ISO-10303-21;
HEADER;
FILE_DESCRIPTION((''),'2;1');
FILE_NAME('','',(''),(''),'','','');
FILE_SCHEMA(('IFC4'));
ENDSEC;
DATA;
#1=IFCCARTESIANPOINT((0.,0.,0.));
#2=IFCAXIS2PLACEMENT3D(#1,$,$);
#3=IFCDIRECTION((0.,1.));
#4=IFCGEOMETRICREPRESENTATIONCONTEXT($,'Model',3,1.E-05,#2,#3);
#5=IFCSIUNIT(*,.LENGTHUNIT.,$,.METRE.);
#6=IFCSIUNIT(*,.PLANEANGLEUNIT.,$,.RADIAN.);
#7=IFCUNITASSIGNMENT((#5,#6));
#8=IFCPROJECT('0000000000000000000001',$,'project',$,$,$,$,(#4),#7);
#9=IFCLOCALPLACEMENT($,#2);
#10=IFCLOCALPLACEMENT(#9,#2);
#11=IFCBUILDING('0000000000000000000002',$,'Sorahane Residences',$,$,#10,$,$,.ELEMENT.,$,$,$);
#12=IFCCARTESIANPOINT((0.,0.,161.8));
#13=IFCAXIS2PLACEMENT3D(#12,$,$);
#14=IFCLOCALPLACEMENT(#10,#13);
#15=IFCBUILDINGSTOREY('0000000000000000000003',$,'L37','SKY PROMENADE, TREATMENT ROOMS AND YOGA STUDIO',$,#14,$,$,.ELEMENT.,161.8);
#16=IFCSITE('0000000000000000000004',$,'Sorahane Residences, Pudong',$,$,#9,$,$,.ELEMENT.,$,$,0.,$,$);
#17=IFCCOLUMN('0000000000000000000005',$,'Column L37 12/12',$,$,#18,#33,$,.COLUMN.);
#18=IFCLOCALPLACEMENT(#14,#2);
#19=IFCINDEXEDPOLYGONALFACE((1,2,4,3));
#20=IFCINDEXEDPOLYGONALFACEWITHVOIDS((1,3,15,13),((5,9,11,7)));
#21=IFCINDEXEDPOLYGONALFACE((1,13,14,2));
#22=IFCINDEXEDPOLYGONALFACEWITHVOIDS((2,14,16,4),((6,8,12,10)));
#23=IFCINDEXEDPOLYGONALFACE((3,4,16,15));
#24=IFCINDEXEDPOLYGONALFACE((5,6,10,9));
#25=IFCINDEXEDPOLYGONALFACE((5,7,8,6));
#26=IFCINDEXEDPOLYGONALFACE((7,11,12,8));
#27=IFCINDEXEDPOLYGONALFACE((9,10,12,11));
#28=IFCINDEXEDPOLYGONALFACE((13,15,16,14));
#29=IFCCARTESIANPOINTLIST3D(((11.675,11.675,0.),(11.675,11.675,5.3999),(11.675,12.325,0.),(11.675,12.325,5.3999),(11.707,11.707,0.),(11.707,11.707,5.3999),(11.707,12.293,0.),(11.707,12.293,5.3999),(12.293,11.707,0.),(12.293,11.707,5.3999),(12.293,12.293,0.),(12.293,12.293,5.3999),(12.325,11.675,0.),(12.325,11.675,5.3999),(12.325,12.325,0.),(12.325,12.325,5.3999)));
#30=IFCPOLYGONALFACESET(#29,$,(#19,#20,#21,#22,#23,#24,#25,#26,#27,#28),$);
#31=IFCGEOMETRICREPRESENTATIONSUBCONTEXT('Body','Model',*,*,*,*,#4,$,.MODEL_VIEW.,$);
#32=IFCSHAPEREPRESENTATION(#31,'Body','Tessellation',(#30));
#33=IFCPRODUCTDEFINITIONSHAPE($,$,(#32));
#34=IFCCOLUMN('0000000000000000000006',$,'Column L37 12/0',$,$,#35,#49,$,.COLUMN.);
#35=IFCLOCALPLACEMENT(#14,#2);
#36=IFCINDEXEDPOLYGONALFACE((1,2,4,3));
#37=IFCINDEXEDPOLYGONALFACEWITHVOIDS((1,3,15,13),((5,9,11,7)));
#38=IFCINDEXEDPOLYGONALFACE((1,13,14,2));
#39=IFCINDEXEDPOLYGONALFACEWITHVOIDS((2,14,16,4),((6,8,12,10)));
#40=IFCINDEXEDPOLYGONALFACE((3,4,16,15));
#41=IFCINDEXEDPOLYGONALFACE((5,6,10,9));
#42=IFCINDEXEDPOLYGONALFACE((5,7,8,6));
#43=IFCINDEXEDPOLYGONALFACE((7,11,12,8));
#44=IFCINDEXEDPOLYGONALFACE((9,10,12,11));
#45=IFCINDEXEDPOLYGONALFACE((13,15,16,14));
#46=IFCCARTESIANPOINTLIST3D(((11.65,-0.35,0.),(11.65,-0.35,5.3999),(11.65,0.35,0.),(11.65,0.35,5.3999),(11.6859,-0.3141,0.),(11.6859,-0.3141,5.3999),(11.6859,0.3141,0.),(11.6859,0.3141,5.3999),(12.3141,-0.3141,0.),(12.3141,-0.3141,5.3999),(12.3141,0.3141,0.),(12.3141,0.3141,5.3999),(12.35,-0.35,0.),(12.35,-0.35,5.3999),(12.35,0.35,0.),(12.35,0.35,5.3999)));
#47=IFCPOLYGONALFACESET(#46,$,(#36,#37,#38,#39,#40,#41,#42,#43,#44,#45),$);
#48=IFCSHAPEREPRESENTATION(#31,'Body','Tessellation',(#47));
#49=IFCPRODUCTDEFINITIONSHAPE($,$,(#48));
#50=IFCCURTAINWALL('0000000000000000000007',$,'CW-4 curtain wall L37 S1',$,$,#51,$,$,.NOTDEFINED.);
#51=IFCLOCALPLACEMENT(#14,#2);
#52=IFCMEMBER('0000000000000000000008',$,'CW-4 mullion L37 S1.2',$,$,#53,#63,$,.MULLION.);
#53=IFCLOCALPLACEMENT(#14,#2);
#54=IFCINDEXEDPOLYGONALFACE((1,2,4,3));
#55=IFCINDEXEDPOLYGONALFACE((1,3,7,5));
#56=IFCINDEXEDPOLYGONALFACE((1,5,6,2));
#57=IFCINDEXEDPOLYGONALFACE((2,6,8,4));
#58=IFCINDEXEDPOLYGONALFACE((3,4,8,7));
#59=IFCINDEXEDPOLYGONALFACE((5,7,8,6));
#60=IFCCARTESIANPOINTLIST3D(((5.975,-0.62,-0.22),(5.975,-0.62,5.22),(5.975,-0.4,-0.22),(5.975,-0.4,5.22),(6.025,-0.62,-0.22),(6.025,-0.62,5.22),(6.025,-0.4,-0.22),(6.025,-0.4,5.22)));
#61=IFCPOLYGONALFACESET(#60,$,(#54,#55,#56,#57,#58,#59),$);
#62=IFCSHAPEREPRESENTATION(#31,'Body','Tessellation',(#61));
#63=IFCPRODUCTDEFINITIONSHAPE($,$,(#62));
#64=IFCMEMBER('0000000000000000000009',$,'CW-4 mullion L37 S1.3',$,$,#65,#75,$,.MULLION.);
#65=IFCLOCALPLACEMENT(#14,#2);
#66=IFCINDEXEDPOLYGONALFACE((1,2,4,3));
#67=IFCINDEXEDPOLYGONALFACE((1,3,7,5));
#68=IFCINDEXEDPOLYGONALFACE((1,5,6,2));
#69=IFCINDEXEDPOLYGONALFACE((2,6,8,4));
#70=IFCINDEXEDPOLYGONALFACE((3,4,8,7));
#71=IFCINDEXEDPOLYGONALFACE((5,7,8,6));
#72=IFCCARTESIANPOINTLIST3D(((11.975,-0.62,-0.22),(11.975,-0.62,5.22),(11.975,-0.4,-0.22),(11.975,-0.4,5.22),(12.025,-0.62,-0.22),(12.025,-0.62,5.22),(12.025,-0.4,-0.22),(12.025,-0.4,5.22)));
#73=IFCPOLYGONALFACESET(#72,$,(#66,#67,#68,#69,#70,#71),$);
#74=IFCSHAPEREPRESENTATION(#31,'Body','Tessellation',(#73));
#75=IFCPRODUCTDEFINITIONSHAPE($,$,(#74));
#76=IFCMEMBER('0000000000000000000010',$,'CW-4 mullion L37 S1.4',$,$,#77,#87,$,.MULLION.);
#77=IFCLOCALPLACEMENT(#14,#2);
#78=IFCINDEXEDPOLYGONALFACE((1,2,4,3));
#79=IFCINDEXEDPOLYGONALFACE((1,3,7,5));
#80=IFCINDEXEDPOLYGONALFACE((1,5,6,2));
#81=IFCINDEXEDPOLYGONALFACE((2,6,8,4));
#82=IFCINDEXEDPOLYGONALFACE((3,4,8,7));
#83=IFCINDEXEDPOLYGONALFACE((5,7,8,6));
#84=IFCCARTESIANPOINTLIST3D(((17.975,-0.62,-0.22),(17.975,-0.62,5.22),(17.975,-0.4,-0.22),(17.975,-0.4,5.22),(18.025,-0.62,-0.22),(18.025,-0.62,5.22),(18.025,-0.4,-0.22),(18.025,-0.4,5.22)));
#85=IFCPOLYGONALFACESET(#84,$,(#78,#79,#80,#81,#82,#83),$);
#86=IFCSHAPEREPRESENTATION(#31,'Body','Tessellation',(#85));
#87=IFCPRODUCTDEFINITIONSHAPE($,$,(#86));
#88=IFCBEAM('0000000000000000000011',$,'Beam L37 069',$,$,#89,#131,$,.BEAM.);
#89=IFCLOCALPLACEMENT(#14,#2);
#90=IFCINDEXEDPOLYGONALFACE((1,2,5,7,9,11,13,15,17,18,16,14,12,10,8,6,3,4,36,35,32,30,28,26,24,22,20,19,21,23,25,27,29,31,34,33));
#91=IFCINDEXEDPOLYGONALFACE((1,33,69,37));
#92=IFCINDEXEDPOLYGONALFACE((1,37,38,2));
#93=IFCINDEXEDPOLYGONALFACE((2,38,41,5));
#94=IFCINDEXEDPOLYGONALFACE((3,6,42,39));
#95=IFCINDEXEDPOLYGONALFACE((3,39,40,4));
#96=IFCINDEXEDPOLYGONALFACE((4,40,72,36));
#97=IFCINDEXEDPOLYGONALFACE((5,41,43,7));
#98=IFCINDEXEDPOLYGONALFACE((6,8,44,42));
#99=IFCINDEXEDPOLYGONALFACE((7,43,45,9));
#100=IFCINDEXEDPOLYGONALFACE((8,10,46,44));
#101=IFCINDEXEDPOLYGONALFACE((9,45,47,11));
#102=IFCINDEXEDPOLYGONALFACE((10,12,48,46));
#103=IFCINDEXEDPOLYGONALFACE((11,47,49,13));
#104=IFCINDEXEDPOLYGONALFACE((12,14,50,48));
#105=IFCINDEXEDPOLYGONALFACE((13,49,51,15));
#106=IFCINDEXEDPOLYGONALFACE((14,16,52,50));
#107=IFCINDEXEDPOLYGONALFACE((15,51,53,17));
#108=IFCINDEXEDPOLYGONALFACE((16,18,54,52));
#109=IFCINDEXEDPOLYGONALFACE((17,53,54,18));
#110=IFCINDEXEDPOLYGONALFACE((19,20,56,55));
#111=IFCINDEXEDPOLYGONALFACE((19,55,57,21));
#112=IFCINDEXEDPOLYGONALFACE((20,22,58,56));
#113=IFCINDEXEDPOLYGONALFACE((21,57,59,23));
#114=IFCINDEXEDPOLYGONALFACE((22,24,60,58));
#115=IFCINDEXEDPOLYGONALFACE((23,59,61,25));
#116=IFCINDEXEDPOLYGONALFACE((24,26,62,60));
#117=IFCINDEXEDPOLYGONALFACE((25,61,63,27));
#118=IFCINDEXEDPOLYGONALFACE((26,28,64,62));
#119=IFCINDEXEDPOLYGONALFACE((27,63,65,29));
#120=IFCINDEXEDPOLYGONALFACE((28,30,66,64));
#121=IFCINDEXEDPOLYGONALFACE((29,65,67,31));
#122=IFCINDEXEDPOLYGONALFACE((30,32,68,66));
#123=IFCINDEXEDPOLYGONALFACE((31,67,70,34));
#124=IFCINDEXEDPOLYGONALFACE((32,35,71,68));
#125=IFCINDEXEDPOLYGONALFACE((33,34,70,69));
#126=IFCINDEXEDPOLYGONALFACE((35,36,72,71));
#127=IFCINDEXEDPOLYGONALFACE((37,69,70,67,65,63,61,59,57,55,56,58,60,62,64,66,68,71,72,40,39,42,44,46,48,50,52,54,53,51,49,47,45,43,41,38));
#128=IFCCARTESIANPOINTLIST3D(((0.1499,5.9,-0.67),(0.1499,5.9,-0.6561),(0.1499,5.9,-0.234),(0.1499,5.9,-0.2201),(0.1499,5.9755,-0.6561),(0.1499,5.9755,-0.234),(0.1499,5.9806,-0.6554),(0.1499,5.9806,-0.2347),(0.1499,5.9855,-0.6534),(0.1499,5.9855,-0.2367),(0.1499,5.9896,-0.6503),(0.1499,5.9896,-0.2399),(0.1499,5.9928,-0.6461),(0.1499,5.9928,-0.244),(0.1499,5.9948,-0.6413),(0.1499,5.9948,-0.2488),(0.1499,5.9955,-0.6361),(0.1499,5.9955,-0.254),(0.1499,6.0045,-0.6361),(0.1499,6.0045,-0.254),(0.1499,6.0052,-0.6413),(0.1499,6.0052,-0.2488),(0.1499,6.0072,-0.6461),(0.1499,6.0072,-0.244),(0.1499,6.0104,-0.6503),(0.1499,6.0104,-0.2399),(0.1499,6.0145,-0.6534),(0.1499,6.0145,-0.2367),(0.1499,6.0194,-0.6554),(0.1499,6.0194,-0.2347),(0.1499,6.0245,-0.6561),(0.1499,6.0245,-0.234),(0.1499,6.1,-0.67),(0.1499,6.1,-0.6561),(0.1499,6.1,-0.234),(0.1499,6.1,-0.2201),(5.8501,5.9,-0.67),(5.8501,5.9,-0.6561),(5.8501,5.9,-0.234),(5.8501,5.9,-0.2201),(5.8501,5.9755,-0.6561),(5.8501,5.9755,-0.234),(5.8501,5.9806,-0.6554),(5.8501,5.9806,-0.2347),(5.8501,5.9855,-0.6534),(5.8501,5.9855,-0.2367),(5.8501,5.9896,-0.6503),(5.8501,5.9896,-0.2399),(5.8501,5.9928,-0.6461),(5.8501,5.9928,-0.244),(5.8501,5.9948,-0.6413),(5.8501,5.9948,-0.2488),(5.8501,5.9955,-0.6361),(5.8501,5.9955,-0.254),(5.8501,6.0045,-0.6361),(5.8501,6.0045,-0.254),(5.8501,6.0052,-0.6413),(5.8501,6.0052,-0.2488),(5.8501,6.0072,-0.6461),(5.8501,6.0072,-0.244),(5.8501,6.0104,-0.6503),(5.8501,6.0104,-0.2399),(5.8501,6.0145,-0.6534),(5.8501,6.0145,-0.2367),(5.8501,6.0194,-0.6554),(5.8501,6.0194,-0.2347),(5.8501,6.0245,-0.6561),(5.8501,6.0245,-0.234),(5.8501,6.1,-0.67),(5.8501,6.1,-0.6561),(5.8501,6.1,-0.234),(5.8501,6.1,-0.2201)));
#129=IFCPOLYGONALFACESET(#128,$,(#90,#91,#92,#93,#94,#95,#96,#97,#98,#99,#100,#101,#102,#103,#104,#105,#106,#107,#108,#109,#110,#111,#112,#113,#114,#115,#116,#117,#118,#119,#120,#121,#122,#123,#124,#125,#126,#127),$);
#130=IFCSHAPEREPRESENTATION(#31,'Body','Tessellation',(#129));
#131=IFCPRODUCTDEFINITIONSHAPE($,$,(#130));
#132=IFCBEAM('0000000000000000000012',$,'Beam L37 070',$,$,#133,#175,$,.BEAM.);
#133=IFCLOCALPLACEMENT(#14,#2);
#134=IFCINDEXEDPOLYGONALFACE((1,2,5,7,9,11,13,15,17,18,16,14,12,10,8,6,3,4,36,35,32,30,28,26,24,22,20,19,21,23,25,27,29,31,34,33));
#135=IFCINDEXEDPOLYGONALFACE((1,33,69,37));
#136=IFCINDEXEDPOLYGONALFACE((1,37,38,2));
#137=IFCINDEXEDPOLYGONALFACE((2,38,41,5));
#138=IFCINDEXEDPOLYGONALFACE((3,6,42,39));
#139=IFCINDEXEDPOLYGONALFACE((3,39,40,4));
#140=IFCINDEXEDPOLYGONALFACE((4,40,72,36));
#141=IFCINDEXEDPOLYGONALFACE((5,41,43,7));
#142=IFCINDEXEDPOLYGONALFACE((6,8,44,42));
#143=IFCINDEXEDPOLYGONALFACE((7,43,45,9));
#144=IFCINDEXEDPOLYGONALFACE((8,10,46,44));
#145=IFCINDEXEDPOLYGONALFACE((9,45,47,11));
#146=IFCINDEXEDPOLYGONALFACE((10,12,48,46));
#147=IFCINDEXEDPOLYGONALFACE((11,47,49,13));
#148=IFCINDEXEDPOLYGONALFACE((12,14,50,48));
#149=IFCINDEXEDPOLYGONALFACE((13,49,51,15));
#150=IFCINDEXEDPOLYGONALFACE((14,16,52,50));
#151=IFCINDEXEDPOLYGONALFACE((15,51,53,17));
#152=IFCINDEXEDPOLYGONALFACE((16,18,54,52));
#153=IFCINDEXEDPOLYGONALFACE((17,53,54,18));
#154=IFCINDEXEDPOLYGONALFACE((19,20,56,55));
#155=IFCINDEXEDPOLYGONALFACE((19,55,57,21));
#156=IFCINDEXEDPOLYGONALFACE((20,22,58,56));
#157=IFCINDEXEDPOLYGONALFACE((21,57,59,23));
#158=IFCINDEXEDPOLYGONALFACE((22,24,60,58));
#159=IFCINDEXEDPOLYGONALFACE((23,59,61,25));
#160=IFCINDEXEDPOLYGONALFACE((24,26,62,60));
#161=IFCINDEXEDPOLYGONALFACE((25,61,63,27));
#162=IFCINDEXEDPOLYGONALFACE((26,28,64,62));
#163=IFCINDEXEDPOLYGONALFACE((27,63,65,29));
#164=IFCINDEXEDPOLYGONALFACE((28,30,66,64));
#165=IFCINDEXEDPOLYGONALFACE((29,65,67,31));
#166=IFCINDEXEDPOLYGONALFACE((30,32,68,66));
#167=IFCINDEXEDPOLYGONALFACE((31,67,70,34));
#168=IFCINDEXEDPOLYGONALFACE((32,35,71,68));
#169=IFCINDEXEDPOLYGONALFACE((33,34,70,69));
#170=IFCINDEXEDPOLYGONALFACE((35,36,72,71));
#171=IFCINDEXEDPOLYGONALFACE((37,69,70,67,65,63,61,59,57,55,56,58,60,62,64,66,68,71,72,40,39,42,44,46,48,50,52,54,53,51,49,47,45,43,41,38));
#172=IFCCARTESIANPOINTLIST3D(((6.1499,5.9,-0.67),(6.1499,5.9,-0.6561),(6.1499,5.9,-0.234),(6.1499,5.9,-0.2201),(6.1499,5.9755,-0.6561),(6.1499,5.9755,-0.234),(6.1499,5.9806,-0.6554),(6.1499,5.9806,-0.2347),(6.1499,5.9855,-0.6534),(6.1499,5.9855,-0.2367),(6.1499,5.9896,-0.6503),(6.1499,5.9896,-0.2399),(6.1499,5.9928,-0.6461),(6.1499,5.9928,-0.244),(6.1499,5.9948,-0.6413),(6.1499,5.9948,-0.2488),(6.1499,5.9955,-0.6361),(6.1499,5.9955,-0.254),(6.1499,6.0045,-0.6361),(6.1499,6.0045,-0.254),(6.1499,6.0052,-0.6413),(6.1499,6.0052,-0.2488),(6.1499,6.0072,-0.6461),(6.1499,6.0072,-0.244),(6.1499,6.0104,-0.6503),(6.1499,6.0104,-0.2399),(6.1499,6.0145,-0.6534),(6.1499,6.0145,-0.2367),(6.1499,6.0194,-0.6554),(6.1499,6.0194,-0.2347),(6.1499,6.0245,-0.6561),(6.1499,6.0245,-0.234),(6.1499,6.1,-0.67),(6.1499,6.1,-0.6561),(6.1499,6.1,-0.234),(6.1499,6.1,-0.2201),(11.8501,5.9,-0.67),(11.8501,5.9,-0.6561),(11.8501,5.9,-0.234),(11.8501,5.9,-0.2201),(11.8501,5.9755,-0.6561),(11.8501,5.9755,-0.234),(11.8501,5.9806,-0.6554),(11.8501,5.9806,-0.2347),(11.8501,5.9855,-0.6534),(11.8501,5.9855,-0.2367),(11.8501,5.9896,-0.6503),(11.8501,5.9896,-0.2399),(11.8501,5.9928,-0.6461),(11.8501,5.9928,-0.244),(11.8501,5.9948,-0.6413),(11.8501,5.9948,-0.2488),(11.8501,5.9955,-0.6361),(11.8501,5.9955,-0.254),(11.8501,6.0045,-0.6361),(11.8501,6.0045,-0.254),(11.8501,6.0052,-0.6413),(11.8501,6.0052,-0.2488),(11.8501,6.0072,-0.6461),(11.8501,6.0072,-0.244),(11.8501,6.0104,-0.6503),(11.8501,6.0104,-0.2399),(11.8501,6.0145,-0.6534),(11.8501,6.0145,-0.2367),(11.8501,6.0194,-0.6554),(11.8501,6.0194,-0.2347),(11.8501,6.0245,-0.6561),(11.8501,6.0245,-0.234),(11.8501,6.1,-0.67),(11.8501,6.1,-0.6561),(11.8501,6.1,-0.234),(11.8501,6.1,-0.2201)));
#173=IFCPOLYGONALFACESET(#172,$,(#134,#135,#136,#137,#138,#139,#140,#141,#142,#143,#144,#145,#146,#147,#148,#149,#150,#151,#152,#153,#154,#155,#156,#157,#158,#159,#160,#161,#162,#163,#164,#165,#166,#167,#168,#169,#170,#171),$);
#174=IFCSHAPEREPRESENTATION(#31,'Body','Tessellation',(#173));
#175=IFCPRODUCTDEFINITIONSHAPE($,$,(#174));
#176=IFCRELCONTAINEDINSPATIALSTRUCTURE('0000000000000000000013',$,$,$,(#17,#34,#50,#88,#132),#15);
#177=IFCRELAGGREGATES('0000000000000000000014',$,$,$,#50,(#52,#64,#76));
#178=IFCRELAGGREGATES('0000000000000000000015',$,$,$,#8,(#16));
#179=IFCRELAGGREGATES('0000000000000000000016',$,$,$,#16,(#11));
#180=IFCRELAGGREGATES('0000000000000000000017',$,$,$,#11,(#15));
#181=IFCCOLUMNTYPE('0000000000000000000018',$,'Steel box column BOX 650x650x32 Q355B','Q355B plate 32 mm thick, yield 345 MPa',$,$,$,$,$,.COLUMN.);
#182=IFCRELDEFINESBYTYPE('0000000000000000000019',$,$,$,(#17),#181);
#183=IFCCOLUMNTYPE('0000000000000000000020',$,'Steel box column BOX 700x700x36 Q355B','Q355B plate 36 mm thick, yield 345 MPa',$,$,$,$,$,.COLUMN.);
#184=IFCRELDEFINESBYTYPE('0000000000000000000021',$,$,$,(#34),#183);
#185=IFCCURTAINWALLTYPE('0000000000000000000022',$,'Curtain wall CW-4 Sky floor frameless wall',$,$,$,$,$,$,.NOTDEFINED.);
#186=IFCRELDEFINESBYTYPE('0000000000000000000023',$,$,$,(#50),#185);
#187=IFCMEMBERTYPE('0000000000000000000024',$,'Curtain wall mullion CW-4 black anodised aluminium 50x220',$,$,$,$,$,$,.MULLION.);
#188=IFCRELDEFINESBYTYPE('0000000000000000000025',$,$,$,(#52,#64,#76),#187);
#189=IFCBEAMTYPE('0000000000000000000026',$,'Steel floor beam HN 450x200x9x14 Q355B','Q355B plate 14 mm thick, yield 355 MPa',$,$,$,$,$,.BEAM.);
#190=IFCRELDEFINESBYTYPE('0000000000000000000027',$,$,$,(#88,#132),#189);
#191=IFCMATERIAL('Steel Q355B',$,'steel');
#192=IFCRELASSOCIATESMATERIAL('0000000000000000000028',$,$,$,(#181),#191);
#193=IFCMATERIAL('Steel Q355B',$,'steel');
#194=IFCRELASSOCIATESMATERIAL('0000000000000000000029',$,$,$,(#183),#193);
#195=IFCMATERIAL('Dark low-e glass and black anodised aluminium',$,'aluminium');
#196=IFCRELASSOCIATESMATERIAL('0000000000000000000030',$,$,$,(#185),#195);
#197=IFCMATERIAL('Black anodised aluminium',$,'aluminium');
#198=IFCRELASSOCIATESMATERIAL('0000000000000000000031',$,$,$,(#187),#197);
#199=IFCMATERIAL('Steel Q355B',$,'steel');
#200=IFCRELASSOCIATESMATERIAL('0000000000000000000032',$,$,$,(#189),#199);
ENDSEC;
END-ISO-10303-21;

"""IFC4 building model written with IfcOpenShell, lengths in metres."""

from ifc_helpers import new_model, si_unit, direction, frame, origin, origin_2d, place, context, subcontext, project, spatial, rectangle, hollow_rectangle, i_section, extrude, material, material_profile, profile_set, type_object, element, aggregate, save


model = new_model("IFC4")

# Units and contexts
model_context = context("Model", 3, precision=1e-05, world=origin(), true_north=direction((0.0, 1.0)))
body_context = subcontext(model_context, "Body", "Model", "MODEL_VIEW")
ifc_project = project(units=[si_unit("LENGTHUNIT", "METRE"), si_unit("PLANEANGLEUNIT", "RADIAN")], contexts=[model_context])

# Site, building, storey
site_placement = place(None, origin())
site = spatial("IfcSite", under=ifc_project, at=site_placement, Name="Sorahane Residences, Pudong", CompositionType="ELEMENT", RefElevation=0.0)
building_placement = place(site_placement, origin())
building = spatial("IfcBuilding", under=site, at=building_placement, Name="Sorahane Residences", CompositionType="ELEMENT")
storey_placement = place(building_placement, frame((0.0, 0.0, 161.8)))
storey = spatial("IfcBuildingStorey", under=building, at=storey_placement, Name="L37", Description="SKY PROMENADE, TREATMENT ROOMS AND YOGA STUDIO", CompositionType="ELEMENT", Elevation=161.8)

# Columns
ifc_material_1 = material(Name="Steel Q355B", Category="steel")
ifc_material_profile_1 = material_profile(ifc_material_1, hollow_rectangle(XDim=0.6499, YDim=0.6499, WallThickness=0.032, at=origin_2d()), Name="BOX 650x650x32")
ifc_profile_set_1 = profile_set([ifc_material_profile_1], Name="Steel Q355B")
column_type_1 = type_object("IfcColumnType", Name="Steel box column BOX 650x650x32 Q355B", Description="Q355B plate 32 mm thick, yield 345 MPa", PredefinedType="COLUMN", material=ifc_profile_set_1)
column_1_placement = place(storey_placement, frame((12.0, 12.0, 0.0), z_axis=(0.0, 0.0, 1.0), x_axis=(1.0, 0.0, 0.0)))
element("IfcColumn", 1, at=column_1_placement, inside=storey, type_object=column_type_1, Name="Column L37 12/12", PredefinedType="COLUMN", context=body_context, shape_type="SweptSolid", body=[
    extrude(hollow_rectangle(XDim=0.6499, YDim=0.6499, WallThickness=0.032, at=origin_2d()), origin(), (0.0, 0.0, 1.0), 5.3999),
])
ifc_material_2 = material(Name="Steel Q355B", Category="steel")
ifc_material_profile_2 = material_profile(ifc_material_2, hollow_rectangle(XDim=0.7, YDim=0.7, WallThickness=0.0359, at=origin_2d()), Name="BOX 700x700x36")
ifc_profile_set_2 = profile_set([ifc_material_profile_2], Name="Steel Q355B")
column_type_2 = type_object("IfcColumnType", Name="Steel box column BOX 700x700x36 Q355B", Description="Q355B plate 36 mm thick, yield 345 MPa", PredefinedType="COLUMN", material=ifc_profile_set_2)
column_2_placement = place(storey_placement, frame((12.0, 0.0, 0.0), z_axis=(0.0, 0.0, 1.0), x_axis=(1.0, 0.0, 0.0)))
element("IfcColumn", 2, at=column_2_placement, inside=storey, type_object=column_type_2, Name="Column L37 12/0", PredefinedType="COLUMN", context=body_context, shape_type="SweptSolid", body=[
    extrude(hollow_rectangle(XDim=0.7, YDim=0.7, WallThickness=0.0359, at=origin_2d()), origin(), (0.0, 0.0, 1.0), 5.3999),
])

# Curtain wall, members
ifc_material_3 = material(Name="Dark low-e glass and black anodised aluminium", Category="aluminium")
curtain_wall_type = type_object("IfcCurtainWallType", Name="Curtain wall CW-4 Sky floor frameless wall", PredefinedType="NOTDEFINED", material=ifc_material_3)
curtain_wall_placement = place(storey_placement, origin())
curtain_wall = element("IfcCurtainWall", 3, at=curtain_wall_placement, inside=storey, type_object=curtain_wall_type, Name="CW-4 curtain wall L37 S1", PredefinedType="NOTDEFINED")
ifc_material_4 = material(Name="Black anodised aluminium", Category="aluminium")
ifc_material_profile_3 = material_profile(ifc_material_4, rectangle(XDim=0.22, YDim=0.05, at=origin_2d()), Name="Curtain wall mullion CW-4 black anodised aluminium 50x220")
ifc_profile_set_3 = profile_set([ifc_material_profile_3], Name="Black anodised aluminium")
member_type = type_object("IfcMemberType", Name="Curtain wall mullion CW-4 black anodised aluminium 50x220", PredefinedType="MULLION", material=ifc_profile_set_3)
member_1_placement = place(storey_placement, frame((6.0, -0.51, -0.22), z_axis=(0.0, 0.0, 1.0), x_axis=(0.0, -1.0, 0.0)))
member_1 = element("IfcMember", 4, at=member_1_placement, type_object=member_type, Name="CW-4 mullion L37 S1.2", PredefinedType="MULLION", context=body_context, shape_type="SweptSolid", body=[
    extrude(rectangle(XDim=0.22, YDim=0.05, at=origin_2d()), origin(), (0.0, 0.0, 1.0), 5.4399),
])
member_2_placement = place(storey_placement, frame((12.0, -0.51, -0.22), z_axis=(0.0, 0.0, 1.0), x_axis=(0.0, -1.0, 0.0)))
member_2 = element("IfcMember", 5, at=member_2_placement, type_object=member_type, Name="CW-4 mullion L37 S1.3", PredefinedType="MULLION", context=body_context, shape_type="SweptSolid", body=[
    extrude(rectangle(XDim=0.22, YDim=0.05, at=origin_2d()), origin(), (0.0, 0.0, 1.0), 5.4399),
])
member_3_placement = place(storey_placement, frame((18.0, -0.51, -0.22), z_axis=(0.0, 0.0, 1.0), x_axis=(0.0, -1.0, 0.0)))
member_3 = element("IfcMember", 6, at=member_3_placement, type_object=member_type, Name="CW-4 mullion L37 S1.4", PredefinedType="MULLION", context=body_context, shape_type="SweptSolid", body=[
    extrude(rectangle(XDim=0.22, YDim=0.05, at=origin_2d()), origin(), (0.0, 0.0, 1.0), 5.4399),
])

# Beams
ifc_material_5 = material(Name="Steel Q355B", Category="steel")
ifc_material_profile_4 = material_profile(ifc_material_5, i_section(OverallWidth=0.2, OverallDepth=0.45, WebThickness=0.009, FlangeThickness=0.0139, FilletRadius=0.02, at=origin_2d()), Name="HN 450x200x9x14")
ifc_profile_set_4 = profile_set([ifc_material_profile_4], Name="Steel Q355B")
beam_type_1 = type_object("IfcBeamType", Name="Steel floor beam HN 450x200x9x14 Q355B", Description="Q355B plate 14 mm thick, yield 355 MPa", PredefinedType="BEAM", material=ifc_profile_set_4)
for number, where, z_axis, x_axis, name in (
    (7, (0.1499, 6.0, -0.4451), (1.0, 0.0, 0.0), (0.0, 1.0, 0.0), "Beam L37 069"),
    (8, (6.1499, 6.0, -0.4451), (1.0, 0.0, 0.0), (0.0, 1.0, 0.0), "Beam L37 070"),
):
    element("IfcBeam", number, at=place(storey_placement, frame(where, z_axis=z_axis, x_axis=x_axis)), inside=storey, type_object=beam_type_1, Name=name, PredefinedType="BEAM", context=body_context, shape_type="SweptSolid", body=[
        extrude(i_section(OverallWidth=0.2, OverallDepth=0.45, WebThickness=0.009, FlangeThickness=0.0139, FilletRadius=0.02, at=origin_2d()), origin(), (0.0, 0.0, 1.0), 5.7002),
    ])

aggregate(curtain_wall, [member_1, member_2, member_3])

save(model, "model.ifc")
